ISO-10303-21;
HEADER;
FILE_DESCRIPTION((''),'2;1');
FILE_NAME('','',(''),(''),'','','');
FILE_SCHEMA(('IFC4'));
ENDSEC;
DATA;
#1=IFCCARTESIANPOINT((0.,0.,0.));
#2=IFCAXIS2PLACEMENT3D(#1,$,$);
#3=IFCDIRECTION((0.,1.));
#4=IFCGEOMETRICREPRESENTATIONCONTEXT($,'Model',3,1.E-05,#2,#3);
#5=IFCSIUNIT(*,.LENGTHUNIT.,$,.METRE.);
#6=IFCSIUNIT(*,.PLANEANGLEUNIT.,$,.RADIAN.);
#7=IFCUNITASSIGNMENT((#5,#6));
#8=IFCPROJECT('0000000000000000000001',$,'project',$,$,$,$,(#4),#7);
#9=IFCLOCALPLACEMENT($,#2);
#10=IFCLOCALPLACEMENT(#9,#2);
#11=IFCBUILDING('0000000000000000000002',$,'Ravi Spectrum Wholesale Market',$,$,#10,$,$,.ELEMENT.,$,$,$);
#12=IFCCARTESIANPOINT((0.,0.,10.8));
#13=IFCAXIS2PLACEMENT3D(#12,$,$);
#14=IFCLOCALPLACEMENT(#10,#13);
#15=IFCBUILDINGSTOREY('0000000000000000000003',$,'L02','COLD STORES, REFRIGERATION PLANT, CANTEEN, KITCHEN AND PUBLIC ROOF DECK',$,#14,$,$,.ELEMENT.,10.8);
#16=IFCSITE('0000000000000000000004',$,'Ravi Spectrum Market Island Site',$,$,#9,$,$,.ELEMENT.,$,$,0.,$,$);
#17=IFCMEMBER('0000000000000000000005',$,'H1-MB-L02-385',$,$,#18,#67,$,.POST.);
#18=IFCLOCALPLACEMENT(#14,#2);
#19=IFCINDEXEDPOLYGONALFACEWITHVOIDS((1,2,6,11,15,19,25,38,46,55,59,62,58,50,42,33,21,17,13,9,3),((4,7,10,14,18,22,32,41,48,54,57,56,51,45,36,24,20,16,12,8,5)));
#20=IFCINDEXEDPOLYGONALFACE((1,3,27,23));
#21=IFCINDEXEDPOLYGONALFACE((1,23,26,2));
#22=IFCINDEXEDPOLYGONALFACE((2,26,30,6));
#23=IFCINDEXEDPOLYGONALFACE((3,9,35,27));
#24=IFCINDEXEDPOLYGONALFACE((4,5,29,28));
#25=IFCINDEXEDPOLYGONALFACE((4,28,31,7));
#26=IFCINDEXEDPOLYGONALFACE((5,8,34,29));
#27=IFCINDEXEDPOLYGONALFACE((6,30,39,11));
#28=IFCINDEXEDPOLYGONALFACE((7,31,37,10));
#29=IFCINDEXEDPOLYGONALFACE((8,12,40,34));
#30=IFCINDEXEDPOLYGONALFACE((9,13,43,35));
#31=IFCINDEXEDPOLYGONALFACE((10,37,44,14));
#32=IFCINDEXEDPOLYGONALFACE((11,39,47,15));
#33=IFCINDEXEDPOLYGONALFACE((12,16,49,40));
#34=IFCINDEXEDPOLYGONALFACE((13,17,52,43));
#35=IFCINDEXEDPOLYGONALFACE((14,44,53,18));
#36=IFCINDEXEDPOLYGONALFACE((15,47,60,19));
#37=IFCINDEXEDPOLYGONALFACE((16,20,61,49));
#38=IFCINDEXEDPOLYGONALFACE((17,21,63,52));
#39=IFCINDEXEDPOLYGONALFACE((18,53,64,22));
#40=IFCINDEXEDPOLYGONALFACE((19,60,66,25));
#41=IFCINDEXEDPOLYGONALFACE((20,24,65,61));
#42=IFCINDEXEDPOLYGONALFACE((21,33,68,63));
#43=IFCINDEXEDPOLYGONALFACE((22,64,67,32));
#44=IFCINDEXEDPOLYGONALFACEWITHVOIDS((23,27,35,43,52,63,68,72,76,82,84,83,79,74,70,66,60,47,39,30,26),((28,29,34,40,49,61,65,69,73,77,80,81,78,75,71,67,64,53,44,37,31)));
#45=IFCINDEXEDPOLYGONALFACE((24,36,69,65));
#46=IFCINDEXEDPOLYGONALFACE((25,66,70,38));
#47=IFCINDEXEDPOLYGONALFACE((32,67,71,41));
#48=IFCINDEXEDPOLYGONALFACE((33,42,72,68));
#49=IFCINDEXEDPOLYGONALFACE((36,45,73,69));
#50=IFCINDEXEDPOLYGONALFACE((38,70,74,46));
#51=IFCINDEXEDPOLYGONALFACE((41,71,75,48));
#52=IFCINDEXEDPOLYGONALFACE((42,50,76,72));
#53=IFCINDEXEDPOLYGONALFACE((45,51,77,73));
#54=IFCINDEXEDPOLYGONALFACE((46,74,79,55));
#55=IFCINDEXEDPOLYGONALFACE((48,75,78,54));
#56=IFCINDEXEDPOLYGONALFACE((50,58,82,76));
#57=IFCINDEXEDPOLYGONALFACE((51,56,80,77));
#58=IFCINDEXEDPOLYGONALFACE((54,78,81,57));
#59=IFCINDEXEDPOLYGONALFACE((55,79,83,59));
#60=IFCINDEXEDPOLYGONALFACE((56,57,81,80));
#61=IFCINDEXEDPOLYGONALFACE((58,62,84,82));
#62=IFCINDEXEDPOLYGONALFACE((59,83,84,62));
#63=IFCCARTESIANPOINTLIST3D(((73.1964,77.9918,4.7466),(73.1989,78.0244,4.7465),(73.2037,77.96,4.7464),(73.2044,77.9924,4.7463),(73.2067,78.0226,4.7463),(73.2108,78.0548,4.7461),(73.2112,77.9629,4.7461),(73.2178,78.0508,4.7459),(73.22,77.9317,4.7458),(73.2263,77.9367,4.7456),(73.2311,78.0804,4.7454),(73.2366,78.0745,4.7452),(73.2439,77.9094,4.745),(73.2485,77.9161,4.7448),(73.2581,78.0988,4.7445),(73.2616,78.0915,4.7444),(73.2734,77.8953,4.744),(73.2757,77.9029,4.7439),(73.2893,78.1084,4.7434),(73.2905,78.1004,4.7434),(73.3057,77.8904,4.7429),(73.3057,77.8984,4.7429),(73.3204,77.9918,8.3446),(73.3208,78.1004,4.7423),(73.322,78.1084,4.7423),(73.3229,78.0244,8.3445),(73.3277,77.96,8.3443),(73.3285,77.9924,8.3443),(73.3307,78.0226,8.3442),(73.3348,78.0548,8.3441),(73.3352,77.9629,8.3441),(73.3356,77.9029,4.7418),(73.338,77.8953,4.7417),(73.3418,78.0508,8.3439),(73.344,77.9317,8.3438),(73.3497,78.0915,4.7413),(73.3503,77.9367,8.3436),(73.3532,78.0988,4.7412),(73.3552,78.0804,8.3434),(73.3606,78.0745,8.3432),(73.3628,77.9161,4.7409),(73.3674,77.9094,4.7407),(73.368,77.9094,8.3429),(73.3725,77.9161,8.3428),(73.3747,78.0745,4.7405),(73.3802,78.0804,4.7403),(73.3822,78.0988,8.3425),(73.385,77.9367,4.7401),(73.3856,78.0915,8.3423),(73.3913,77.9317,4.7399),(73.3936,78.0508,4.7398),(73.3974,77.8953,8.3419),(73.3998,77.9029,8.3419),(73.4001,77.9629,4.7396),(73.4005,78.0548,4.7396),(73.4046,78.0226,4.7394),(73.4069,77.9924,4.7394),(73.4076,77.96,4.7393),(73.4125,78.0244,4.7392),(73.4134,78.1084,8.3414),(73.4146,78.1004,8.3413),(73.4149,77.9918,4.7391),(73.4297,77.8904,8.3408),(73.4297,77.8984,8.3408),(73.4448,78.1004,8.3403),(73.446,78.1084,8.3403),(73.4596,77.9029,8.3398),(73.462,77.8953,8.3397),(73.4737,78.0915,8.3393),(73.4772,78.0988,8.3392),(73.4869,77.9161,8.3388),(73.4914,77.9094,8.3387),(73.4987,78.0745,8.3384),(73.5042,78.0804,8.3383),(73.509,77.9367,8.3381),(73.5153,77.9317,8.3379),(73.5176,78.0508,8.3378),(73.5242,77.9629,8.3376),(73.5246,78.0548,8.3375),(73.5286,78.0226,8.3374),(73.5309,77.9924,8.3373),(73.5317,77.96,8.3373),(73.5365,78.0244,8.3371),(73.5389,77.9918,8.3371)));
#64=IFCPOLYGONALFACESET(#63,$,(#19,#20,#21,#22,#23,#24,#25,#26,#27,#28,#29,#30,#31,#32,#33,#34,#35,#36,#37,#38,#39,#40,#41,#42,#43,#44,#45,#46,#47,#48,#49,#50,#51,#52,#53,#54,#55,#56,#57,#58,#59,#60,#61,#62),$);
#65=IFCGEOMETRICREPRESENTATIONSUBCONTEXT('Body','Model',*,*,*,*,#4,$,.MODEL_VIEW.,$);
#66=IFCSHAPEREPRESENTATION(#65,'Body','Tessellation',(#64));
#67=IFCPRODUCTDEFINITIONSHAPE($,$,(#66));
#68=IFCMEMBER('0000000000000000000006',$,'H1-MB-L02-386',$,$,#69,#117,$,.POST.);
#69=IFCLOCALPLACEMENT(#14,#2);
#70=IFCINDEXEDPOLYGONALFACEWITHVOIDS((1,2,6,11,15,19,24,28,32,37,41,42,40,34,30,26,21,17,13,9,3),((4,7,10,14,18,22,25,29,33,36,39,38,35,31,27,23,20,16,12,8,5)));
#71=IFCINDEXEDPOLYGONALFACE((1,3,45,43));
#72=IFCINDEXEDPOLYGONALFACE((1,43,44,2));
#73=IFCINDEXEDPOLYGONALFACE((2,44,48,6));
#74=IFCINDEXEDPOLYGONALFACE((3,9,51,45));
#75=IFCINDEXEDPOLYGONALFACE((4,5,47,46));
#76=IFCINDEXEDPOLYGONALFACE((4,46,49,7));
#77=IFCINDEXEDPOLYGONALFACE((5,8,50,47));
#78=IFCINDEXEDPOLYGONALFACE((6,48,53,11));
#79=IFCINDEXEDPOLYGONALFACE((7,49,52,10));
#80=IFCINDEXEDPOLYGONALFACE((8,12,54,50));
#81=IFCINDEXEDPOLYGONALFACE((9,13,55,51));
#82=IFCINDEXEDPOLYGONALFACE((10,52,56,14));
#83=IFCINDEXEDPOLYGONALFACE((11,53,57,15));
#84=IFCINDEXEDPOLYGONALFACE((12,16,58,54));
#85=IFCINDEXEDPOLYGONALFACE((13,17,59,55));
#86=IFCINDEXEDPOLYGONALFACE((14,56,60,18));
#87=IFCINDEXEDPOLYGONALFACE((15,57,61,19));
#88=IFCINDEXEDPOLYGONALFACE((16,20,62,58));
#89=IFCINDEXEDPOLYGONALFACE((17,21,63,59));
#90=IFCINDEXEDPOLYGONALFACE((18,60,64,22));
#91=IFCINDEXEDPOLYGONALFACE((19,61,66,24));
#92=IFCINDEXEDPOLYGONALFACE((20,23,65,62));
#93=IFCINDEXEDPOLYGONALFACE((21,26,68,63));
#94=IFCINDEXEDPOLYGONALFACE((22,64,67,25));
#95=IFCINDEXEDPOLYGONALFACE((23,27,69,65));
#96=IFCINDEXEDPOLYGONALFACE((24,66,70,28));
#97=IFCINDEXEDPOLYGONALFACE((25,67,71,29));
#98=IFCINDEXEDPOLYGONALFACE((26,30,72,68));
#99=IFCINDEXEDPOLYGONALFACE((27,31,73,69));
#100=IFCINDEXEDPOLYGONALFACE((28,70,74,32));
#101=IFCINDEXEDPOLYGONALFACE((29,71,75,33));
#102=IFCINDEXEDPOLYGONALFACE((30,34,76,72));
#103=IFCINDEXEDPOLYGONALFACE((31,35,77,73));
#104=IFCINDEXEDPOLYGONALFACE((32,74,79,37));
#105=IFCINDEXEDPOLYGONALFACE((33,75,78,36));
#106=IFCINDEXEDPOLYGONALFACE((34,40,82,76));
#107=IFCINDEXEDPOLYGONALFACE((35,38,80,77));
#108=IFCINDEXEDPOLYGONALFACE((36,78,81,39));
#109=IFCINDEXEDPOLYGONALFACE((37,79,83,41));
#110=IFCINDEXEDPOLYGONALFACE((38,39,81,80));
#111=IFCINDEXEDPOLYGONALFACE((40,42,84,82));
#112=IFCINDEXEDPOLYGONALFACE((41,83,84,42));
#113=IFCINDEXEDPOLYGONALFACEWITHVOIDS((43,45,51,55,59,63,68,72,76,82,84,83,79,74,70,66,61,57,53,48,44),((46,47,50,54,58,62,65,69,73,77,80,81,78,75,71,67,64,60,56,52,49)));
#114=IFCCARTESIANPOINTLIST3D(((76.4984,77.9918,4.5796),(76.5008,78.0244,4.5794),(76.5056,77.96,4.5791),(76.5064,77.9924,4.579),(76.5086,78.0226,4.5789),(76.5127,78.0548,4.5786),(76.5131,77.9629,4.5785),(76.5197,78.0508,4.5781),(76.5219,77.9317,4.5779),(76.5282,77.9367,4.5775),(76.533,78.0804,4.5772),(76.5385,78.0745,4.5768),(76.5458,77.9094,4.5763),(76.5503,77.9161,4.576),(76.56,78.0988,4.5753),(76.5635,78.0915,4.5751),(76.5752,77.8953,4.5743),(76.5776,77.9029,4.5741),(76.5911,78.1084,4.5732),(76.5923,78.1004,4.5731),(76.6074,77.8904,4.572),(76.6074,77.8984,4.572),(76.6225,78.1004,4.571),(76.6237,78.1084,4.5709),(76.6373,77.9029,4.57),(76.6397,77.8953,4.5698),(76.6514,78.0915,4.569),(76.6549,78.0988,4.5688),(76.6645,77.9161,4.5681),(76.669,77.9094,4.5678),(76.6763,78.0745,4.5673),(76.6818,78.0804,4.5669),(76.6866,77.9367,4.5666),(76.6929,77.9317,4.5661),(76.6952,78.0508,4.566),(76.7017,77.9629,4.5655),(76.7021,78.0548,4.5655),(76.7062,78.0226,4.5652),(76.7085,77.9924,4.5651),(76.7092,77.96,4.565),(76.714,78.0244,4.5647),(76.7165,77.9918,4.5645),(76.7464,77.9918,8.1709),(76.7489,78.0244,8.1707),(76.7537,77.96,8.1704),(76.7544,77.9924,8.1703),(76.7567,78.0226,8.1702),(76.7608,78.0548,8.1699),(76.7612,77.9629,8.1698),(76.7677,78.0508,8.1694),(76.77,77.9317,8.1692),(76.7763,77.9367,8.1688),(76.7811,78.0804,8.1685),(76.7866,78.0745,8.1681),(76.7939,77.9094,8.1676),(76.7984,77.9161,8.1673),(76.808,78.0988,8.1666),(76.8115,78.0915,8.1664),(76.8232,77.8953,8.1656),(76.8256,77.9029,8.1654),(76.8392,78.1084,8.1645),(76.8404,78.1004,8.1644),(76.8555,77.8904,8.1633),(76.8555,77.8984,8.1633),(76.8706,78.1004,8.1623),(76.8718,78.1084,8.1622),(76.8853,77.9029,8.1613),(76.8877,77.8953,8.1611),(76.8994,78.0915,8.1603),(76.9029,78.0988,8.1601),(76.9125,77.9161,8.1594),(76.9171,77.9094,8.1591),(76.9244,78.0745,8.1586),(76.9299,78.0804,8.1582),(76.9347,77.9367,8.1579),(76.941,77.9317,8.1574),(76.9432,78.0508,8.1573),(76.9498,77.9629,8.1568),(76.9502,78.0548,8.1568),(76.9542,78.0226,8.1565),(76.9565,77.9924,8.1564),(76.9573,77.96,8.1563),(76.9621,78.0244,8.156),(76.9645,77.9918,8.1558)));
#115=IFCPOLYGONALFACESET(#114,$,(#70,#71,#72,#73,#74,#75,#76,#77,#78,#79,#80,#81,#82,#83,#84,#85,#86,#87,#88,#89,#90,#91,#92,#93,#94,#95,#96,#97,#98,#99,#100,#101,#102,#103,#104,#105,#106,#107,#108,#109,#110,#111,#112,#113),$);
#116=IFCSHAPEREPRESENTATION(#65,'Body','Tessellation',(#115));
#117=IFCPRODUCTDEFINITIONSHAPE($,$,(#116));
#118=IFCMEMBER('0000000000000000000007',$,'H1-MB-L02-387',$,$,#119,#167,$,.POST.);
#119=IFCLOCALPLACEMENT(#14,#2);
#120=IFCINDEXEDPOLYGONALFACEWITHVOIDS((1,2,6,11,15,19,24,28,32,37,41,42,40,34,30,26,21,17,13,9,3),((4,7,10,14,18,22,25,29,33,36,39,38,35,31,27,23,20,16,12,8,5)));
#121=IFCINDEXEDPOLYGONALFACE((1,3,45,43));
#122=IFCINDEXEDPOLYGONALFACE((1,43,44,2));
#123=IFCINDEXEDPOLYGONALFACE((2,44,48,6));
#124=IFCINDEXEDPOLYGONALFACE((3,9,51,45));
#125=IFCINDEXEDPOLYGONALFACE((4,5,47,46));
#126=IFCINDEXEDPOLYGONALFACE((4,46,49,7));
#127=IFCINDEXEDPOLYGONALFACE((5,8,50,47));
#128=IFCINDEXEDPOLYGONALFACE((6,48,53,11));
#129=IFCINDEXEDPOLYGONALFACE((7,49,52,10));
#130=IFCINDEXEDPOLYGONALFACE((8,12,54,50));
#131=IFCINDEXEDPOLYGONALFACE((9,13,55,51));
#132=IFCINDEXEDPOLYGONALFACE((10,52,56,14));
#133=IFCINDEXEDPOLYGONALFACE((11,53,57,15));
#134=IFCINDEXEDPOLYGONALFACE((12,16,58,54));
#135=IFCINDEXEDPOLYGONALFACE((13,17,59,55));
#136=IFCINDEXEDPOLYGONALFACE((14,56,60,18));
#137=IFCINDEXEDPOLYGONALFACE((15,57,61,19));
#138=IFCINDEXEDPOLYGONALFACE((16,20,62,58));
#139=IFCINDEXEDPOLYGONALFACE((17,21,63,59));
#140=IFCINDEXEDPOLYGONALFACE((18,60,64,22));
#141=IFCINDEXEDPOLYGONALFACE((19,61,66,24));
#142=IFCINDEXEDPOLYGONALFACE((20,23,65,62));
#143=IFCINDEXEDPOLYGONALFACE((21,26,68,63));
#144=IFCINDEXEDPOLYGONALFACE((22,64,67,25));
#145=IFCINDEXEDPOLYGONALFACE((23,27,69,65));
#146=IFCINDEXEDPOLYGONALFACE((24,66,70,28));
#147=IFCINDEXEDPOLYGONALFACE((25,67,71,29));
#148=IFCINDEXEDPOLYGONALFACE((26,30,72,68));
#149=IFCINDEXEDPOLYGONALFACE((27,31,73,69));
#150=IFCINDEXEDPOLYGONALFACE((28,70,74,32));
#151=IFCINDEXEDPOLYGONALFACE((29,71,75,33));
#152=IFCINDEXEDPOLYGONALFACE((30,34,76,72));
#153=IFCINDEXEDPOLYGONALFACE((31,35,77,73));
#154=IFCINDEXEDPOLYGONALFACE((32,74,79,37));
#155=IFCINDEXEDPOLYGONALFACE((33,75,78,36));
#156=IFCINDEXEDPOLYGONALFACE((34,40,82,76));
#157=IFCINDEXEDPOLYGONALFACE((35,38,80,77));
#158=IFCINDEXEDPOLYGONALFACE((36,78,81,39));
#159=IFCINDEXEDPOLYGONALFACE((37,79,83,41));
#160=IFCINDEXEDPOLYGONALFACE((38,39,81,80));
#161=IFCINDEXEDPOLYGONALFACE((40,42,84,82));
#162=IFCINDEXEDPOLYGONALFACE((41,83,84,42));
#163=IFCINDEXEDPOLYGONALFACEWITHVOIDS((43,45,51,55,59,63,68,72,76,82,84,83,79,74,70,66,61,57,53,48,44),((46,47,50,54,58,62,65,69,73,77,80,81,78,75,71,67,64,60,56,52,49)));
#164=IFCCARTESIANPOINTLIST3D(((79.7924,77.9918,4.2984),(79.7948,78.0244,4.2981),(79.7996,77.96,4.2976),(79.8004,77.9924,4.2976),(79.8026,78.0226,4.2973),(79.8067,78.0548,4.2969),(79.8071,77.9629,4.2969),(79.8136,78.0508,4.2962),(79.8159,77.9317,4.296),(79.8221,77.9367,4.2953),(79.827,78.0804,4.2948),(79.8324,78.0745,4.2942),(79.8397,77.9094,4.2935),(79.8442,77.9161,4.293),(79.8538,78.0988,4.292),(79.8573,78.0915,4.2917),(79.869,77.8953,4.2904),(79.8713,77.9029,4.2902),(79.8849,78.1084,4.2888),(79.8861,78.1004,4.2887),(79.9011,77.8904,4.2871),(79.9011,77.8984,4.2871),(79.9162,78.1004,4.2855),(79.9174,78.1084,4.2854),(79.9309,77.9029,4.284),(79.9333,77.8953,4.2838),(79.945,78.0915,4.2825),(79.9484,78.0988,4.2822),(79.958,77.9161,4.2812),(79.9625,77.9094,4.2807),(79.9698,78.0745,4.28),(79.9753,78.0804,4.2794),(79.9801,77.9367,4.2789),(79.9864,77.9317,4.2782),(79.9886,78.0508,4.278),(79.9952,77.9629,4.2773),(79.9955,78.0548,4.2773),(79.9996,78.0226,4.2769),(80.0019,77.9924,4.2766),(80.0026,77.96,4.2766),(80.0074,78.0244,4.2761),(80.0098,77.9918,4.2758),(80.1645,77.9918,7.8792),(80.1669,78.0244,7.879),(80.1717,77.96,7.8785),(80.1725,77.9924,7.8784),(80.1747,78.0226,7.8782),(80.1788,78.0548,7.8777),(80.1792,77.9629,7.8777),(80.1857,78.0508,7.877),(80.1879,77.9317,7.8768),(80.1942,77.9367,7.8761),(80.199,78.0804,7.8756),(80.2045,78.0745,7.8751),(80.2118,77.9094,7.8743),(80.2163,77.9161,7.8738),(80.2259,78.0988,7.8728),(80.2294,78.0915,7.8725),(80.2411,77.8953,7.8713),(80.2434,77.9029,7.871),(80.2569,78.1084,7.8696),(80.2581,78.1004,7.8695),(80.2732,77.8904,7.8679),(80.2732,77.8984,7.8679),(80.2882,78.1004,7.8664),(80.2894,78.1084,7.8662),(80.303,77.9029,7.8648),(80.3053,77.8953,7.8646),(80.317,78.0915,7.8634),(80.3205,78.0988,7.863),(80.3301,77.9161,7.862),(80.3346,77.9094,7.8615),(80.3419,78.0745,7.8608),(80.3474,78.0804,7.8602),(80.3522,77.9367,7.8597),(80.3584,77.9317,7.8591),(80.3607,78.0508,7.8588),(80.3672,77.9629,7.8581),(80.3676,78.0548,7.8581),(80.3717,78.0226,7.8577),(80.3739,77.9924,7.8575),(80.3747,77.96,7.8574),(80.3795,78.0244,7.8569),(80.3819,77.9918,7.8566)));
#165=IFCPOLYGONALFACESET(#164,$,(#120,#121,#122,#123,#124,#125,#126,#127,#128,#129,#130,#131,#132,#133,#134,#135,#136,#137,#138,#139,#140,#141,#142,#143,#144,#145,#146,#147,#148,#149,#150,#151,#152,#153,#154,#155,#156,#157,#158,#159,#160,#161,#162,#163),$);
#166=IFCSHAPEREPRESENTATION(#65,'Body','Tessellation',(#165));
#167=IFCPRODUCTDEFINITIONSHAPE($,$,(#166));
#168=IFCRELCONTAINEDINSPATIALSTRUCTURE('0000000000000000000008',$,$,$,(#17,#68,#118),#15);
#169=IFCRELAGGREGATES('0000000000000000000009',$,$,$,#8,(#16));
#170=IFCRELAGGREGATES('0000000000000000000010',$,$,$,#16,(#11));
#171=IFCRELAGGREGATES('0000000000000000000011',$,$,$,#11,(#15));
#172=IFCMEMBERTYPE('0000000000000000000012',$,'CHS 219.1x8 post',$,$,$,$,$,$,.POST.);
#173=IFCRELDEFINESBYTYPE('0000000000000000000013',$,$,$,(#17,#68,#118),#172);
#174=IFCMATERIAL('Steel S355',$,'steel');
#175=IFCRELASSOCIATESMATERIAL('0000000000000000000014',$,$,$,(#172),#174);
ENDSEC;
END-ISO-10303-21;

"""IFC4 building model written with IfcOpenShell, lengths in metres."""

from ifc_helpers import new_model, si_unit, direction, frame, origin, origin_2d, place, context, subcontext, project, spatial, hollow_circle, extrude, material, material_profile, profile_set, type_object, element, save


model = new_model("IFC4")

# Units and contexts
model_context = context("Model", 3, precision=1e-05, world=origin(), true_north=direction((0.0, 1.0)))
body_context = subcontext(model_context, "Body", "Model", "MODEL_VIEW")
ifc_project = project(units=[si_unit("LENGTHUNIT", "METRE"), si_unit("PLANEANGLEUNIT", "RADIAN")], contexts=[model_context])

# Site, building, storey
site_placement = place(None, origin())
site = spatial("IfcSite", under=ifc_project, at=site_placement, Name="Ravi Spectrum Market Island Site", CompositionType="ELEMENT", RefElevation=0.0)
building_placement = place(site_placement, origin())
building = spatial("IfcBuilding", under=site, at=building_placement, Name="Ravi Spectrum Wholesale Market", CompositionType="ELEMENT")
storey_placement = place(building_placement, frame((0.0, 0.0, 10.8)))
storey = spatial("IfcBuildingStorey", under=building, at=storey_placement, Name="L02", Description="COLD STORES, REFRIGERATION PLANT, CANTEEN, KITCHEN AND PUBLIC ROOF DECK", CompositionType="ELEMENT", Elevation=10.8)

# Members
ifc_material_1 = material(Name="Steel S355", Category="steel")
ifc_material_profile_1 = material_profile(ifc_material_1, hollow_circle(Radius=0.1096, WallThickness=0.0081, at=origin_2d()))
ifc_profile_set_1 = profile_set([ifc_material_profile_1], Name="Steel S355")
member_type_1 = type_object("IfcMemberType", Name="CHS 219.1x8 post", PredefinedType="POST", material=ifc_profile_set_1)
member_1_placement = place(storey_placement, frame((73.4297, 78.0, 8.3408), z_axis=(-0.034451, 0.0, -0.999406), x_axis=(0.0, -1.0, 0.0)))
element("IfcMember", 1, at=member_1_placement, inside=storey, type_object=member_type_1, Name="H1-MB-L02-385", PredefinedType="POST", context=body_context, shape_type="SweptSolid", body=[
    extrude(hollow_circle(Radius=0.1096, WallThickness=0.0081, at=origin_2d()), origin(), (0.0, 0.0, 1.0), 3.6001),
])
member_2_placement = place(storey_placement, frame((76.8555, 78.0, 8.1633), z_axis=(-0.068905, 0.0, -0.997623), x_axis=(0.0, -1.0, 0.0)))
element("IfcMember", 2, at=member_2_placement, inside=storey, type_object=member_type_1, Name="H1-MB-L02-386", PredefinedType="POST", context=body_context, shape_type="SweptSolid", body=[
    extrude(hollow_circle(Radius=0.1096, WallThickness=0.0081, at=origin_2d()), origin(), (0.0, 0.0, 1.0), 3.5999),
])
member_3_placement = place(storey_placement, frame((80.2732, 78.0, 7.8679), z_axis=(-0.10335, 0.0, -0.994645), x_axis=(0.0, -1.0, 0.0)))
element("IfcMember", 3, at=member_3_placement, inside=storey, type_object=member_type_1, Name="H1-MB-L02-387", PredefinedType="POST", context=body_context, shape_type="SweptSolid", body=[
    extrude(hollow_circle(Radius=0.1096, WallThickness=0.0081, at=origin_2d()), origin(), (0.0, 0.0, 1.0), 3.6001),
])

save(model, "model.ifc")
